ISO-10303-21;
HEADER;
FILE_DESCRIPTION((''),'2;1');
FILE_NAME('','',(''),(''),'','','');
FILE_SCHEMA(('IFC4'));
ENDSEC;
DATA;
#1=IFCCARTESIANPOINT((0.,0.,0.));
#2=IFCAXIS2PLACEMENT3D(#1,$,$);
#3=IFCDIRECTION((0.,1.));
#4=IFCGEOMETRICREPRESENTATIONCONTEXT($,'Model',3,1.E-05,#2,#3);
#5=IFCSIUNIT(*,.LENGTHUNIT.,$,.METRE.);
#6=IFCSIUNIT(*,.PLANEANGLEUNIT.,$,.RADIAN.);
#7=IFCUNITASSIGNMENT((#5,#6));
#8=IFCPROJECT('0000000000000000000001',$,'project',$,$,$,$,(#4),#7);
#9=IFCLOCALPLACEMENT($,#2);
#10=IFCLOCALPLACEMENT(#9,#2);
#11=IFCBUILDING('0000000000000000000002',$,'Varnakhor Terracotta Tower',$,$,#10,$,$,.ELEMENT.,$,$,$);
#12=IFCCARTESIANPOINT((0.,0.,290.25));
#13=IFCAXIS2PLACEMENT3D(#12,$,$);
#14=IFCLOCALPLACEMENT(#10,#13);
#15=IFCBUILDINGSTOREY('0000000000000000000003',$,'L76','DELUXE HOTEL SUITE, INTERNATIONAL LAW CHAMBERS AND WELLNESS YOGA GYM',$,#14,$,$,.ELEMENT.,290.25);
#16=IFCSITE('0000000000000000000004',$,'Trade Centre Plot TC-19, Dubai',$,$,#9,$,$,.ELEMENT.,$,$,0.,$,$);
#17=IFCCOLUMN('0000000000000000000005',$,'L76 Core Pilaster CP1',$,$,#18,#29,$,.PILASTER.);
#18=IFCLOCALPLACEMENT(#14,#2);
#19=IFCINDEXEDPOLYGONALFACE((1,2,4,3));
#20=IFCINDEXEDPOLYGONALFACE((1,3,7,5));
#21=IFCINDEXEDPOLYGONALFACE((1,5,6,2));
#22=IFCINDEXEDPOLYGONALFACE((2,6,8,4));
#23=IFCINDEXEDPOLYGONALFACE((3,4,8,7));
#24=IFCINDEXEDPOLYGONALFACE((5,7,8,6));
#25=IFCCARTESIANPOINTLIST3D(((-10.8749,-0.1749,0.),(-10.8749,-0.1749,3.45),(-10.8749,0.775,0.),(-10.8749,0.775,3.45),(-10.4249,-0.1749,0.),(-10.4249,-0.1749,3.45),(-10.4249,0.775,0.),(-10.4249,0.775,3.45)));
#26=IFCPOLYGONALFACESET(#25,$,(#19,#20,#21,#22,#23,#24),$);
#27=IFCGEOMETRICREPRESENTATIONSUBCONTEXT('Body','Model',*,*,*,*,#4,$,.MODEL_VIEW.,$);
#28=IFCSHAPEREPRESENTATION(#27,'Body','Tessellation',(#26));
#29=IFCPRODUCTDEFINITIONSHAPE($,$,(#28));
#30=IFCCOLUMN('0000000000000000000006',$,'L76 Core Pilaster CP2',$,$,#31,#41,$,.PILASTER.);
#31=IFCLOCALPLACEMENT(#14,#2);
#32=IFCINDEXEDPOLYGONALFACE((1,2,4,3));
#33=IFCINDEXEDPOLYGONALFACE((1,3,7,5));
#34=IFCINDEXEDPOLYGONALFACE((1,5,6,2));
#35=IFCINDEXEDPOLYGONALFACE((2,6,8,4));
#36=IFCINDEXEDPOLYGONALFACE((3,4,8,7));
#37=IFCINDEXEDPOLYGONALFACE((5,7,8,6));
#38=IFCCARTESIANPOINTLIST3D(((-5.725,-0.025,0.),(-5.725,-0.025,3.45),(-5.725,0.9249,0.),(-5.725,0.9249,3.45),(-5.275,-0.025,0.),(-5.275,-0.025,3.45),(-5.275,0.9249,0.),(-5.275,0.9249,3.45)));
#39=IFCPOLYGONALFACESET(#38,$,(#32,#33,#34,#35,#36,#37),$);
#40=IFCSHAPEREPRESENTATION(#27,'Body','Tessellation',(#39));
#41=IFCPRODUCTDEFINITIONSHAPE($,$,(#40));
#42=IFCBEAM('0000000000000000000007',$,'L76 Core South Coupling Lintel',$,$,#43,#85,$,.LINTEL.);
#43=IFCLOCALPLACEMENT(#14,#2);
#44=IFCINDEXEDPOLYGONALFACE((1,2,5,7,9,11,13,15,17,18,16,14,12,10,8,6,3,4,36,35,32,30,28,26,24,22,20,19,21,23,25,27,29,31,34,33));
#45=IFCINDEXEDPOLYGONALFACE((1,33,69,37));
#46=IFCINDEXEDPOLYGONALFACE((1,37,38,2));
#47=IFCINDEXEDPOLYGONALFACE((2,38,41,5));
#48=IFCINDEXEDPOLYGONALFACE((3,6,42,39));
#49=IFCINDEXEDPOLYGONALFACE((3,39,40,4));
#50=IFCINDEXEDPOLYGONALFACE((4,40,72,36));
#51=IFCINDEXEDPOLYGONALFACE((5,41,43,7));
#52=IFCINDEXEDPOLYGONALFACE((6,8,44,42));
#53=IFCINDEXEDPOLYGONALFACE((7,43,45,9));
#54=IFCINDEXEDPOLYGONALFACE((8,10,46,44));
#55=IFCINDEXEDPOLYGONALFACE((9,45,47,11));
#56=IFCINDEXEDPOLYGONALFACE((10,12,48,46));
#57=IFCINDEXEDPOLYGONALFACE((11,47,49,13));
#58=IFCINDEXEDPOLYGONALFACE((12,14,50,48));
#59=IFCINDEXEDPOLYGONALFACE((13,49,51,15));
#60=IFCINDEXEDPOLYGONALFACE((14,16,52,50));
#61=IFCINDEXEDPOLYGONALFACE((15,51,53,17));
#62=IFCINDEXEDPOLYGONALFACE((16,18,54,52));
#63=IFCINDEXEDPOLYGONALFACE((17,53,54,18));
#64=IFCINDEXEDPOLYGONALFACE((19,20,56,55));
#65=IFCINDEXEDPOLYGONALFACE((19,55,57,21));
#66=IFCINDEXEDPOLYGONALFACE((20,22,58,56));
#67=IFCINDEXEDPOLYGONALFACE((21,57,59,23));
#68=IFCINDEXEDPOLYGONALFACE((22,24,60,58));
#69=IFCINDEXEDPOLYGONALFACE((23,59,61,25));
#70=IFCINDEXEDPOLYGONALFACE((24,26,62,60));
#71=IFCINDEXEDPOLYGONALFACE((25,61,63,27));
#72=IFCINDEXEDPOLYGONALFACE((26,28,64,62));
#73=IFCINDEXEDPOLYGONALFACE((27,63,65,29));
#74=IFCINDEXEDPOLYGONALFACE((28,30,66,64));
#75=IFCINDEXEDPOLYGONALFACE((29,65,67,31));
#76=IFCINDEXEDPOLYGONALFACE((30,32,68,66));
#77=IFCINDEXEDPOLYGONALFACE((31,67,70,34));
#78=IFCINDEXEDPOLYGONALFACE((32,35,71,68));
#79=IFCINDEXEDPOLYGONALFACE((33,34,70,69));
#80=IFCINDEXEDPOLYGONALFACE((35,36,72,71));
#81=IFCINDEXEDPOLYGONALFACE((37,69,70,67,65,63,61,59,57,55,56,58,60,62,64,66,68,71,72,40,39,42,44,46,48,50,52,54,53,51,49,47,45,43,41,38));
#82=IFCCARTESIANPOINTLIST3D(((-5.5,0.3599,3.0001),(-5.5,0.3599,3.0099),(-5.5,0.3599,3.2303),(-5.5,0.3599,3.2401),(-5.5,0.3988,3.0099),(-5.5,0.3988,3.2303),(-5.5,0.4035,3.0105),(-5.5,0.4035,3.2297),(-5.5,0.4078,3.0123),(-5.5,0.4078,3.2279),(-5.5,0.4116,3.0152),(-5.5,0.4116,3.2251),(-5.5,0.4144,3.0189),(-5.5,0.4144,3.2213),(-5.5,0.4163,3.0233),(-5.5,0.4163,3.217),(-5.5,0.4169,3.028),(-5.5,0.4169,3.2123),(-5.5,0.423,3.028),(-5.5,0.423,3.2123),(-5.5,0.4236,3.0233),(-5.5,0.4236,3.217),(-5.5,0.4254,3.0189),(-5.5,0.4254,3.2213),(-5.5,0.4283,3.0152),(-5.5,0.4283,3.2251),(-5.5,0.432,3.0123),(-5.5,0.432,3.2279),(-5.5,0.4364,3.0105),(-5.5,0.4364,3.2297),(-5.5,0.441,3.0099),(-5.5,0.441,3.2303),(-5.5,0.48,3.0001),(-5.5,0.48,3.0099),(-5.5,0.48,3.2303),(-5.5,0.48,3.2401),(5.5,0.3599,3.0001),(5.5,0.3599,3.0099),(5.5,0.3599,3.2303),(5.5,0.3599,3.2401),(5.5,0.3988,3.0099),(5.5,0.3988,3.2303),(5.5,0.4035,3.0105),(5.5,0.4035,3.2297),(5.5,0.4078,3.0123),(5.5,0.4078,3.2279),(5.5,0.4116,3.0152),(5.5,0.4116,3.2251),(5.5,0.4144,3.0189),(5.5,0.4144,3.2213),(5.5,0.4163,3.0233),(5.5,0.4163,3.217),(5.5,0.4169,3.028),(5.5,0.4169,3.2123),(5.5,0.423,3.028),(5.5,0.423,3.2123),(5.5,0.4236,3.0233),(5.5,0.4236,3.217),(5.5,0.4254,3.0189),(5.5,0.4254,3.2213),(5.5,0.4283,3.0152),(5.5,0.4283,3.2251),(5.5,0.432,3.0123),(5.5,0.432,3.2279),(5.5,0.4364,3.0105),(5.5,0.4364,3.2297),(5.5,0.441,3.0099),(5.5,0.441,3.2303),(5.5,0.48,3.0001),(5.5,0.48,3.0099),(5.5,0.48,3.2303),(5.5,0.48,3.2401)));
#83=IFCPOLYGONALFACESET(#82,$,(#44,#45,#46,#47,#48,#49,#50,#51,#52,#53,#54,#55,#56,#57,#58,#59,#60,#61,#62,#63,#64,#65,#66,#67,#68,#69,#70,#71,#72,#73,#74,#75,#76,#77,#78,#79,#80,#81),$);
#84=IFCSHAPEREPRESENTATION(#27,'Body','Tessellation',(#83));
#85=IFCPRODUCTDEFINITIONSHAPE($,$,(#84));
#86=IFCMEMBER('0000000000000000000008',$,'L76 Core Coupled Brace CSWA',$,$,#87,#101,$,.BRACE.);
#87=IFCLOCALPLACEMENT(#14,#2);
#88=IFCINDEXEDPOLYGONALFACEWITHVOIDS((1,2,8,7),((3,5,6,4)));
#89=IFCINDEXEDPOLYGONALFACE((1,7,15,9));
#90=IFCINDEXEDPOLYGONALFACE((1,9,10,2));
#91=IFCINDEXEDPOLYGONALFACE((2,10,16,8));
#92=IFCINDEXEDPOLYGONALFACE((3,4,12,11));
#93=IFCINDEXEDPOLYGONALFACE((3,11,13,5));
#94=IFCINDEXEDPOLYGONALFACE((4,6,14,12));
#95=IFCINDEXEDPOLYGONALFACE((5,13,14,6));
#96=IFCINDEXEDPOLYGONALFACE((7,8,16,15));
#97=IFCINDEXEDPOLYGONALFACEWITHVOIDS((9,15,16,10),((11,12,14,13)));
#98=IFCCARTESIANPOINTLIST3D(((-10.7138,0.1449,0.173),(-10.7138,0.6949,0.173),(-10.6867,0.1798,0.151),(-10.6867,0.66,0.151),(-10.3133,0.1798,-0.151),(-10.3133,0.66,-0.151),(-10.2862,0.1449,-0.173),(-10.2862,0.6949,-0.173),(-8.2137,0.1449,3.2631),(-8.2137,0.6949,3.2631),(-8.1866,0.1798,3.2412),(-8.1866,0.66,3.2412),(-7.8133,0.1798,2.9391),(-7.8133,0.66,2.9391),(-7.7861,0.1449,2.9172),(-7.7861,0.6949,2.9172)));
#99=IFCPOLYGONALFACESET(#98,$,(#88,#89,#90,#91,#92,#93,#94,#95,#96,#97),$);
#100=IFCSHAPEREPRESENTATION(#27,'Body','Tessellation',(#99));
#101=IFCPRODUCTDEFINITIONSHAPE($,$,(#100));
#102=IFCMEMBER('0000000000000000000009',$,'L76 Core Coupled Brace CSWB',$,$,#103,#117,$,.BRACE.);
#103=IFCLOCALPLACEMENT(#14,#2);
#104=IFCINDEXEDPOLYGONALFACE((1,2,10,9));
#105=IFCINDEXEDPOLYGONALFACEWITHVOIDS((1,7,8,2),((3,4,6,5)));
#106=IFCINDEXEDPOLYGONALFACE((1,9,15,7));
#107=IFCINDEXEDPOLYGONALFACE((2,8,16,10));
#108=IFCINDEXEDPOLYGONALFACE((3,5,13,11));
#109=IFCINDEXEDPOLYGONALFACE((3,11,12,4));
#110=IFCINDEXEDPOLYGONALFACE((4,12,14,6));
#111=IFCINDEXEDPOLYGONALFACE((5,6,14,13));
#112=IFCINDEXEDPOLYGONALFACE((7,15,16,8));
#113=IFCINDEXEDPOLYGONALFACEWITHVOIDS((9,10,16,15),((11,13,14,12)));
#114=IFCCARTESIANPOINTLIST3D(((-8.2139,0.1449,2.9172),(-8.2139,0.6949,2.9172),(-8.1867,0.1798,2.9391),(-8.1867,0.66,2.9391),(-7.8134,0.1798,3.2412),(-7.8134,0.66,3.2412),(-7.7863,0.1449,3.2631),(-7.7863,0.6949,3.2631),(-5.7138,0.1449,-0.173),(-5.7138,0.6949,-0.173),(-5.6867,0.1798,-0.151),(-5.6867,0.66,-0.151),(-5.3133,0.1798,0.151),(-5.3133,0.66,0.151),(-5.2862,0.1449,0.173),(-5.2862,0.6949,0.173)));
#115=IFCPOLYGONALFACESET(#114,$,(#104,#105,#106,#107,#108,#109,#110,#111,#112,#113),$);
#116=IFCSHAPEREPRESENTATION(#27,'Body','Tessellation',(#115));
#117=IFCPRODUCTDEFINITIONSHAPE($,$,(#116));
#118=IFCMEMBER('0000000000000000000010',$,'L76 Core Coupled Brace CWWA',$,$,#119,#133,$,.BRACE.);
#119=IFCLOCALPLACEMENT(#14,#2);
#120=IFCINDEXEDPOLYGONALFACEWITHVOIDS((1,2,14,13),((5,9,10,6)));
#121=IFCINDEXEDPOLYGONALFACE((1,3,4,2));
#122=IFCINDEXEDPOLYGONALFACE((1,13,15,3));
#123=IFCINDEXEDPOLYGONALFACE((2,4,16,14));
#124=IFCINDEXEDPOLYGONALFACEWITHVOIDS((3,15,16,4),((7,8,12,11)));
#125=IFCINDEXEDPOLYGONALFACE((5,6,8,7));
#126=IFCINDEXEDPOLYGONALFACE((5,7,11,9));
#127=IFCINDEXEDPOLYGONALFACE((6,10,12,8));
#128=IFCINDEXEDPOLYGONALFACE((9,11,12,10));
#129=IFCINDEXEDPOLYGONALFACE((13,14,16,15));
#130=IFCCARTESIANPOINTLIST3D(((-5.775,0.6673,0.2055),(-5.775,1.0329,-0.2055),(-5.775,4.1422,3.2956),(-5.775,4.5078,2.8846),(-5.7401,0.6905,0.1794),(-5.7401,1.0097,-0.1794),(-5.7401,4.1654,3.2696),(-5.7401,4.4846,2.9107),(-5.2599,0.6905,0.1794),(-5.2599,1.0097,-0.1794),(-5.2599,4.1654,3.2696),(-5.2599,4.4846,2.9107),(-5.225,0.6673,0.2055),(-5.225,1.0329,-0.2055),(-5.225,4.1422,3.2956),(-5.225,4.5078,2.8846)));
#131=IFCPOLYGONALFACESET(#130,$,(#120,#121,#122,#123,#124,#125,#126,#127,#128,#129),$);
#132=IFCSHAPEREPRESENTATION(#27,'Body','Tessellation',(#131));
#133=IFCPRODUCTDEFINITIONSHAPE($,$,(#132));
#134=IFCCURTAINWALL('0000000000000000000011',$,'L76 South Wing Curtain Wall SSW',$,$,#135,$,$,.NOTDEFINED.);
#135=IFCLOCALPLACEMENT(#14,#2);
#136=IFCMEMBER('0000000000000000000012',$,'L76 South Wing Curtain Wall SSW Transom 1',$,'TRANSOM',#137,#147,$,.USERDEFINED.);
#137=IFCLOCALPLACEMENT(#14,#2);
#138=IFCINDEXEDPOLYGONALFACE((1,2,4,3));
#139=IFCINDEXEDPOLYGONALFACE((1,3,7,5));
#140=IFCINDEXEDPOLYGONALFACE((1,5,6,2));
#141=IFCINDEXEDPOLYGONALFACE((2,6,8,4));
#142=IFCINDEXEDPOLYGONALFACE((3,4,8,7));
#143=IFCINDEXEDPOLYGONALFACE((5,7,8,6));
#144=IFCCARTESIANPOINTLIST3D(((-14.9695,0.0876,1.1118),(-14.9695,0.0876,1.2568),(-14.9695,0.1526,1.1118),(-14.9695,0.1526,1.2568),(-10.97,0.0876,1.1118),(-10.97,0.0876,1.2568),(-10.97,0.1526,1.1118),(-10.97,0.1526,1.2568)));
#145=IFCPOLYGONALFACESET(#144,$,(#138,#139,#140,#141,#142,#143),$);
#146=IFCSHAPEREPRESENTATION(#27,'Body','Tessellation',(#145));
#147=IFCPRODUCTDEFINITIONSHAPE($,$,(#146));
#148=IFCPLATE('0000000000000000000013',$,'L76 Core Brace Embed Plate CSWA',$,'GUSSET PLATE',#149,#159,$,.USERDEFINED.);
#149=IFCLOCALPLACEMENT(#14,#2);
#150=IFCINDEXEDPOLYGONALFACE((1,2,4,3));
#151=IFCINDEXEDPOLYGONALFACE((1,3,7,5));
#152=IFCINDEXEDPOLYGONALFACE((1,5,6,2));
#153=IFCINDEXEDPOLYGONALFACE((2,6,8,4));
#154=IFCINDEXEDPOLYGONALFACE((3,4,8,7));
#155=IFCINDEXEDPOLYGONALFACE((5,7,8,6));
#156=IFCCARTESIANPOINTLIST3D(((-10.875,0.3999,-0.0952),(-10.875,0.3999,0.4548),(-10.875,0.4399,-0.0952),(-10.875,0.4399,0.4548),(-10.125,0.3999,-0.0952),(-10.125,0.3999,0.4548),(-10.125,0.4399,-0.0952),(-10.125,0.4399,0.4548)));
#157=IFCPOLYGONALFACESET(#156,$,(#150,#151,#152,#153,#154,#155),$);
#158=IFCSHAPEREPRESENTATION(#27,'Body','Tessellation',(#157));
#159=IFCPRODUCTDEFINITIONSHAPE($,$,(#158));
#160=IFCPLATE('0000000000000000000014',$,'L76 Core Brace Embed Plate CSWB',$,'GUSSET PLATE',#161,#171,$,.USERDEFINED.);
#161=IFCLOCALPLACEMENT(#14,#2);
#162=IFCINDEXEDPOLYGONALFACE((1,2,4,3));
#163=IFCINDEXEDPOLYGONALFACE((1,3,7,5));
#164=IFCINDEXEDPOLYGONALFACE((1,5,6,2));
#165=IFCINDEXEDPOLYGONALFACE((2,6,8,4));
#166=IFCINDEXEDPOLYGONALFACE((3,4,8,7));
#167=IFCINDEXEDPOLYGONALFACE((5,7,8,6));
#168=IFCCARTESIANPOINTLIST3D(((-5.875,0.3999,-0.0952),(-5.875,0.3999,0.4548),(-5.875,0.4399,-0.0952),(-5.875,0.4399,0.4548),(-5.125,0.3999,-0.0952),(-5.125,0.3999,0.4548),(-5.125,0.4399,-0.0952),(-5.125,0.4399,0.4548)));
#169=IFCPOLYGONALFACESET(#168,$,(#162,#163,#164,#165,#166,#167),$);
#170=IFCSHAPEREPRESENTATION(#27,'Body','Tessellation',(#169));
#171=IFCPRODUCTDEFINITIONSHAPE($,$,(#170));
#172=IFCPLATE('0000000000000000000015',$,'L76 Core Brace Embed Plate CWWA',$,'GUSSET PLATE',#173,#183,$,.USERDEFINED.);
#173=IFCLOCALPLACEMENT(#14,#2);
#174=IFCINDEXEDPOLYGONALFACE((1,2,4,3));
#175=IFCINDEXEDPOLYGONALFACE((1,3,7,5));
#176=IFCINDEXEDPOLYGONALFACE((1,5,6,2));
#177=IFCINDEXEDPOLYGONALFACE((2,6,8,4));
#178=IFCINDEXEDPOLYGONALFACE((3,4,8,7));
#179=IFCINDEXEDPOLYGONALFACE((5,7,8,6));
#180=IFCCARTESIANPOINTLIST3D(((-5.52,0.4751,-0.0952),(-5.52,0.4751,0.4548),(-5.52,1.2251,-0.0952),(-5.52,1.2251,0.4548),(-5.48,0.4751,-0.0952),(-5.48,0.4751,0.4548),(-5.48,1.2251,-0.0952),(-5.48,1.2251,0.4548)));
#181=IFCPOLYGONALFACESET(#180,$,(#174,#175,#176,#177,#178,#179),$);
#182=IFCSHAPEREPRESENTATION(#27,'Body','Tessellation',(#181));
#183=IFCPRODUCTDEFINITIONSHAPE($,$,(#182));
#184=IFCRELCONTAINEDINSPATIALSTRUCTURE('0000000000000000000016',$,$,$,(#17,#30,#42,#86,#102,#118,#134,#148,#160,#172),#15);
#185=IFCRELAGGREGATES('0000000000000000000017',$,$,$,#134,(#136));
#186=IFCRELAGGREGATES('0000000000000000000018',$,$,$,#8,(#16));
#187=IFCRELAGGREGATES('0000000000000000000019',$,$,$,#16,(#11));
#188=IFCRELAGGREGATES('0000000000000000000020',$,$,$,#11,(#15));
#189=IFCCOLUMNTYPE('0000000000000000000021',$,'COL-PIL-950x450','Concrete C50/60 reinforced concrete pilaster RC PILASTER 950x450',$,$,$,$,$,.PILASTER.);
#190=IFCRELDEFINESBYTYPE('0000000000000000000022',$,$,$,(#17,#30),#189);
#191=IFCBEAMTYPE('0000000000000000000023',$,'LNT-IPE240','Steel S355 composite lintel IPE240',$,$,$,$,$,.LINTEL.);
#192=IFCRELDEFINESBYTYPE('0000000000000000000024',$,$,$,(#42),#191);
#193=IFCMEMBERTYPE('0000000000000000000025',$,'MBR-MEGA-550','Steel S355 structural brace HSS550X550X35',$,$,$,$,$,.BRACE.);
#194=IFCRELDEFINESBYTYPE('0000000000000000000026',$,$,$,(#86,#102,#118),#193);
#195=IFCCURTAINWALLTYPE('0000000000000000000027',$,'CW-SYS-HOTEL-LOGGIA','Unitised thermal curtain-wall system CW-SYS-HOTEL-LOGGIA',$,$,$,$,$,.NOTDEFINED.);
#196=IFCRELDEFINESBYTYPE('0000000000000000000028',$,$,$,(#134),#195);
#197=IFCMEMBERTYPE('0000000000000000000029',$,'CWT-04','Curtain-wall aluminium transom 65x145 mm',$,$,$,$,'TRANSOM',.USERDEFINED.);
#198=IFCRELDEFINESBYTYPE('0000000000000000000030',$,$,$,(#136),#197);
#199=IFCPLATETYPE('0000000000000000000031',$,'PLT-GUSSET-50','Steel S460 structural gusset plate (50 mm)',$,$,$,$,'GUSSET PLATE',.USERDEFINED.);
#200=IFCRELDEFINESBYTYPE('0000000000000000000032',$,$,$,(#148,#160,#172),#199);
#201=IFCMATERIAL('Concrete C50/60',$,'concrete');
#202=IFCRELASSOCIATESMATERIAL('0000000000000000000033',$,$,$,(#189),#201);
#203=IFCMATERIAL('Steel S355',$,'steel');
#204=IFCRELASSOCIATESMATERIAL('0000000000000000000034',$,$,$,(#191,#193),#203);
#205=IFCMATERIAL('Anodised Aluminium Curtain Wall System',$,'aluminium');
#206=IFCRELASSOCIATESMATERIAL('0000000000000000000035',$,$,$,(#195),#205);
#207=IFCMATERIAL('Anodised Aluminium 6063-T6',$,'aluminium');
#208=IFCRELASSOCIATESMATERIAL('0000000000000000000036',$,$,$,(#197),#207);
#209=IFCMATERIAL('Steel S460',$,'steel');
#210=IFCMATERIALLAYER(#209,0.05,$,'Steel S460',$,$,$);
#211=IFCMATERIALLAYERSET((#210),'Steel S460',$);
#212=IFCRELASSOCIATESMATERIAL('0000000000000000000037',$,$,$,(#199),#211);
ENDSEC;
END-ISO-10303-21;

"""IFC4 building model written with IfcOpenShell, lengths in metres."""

from ifc_helpers import new_model, si_unit, direction, frame, origin, origin_2d, place, context, subcontext, project, spatial, rectangle, hollow_rectangle, i_section, extrude, source, transform, mapped, material, layer, layer_set, material_profile, profile_set, type_object, type_shapes, element, aggregate, save


model = new_model("IFC4")

# Units and contexts
model_context = context("Model", 3, precision=1e-05, world=origin(), true_north=direction((0.0, 1.0)))
body_context = subcontext(model_context, "Body", "Model", "MODEL_VIEW")
ifc_project = project(units=[si_unit("LENGTHUNIT", "METRE"), si_unit("PLANEANGLEUNIT", "RADIAN")], contexts=[model_context])

# Site, building, storey
site_placement = place(None, origin())
site = spatial("IfcSite", under=ifc_project, at=site_placement, Name="Trade Centre Plot TC-19, Dubai", CompositionType="ELEMENT", RefElevation=0.0)
building_placement = place(site_placement, origin())
building = spatial("IfcBuilding", under=site, at=building_placement, Name="Varnakhor Terracotta Tower", CompositionType="ELEMENT")
storey_placement = place(building_placement, frame((0.0, 0.0, 290.25)))
storey = spatial("IfcBuildingStorey", under=building, at=storey_placement, Name="L76", Description="DELUXE HOTEL SUITE, INTERNATIONAL LAW CHAMBERS AND WELLNESS YOGA GYM", CompositionType="ELEMENT", Elevation=290.25)

# Columns
ifc_material_1 = material(Name="Concrete C50/60", Category="concrete")
ifc_material_profile_1 = material_profile(ifc_material_1, rectangle(XDim=0.45, YDim=0.95, at=origin_2d()), Name="RC PILASTER 950x450")
ifc_profile_set_1 = profile_set([ifc_material_profile_1], Name="Concrete C50/60")
column_type = type_object("IfcColumnType", Name="COL-PIL-950x450", Description="Concrete C50/60 reinforced concrete pilaster RC PILASTER 950x450", PredefinedType="PILASTER", material=ifc_profile_set_1)
shared_shape_1 = source(origin(), body_context, "Body", "SweptSolid", [
    extrude(rectangle(XDim=0.45, YDim=0.95, at=origin_2d()), origin(), (0.0, 0.0, 1.0), 3.45),
])
for number, where, z_axis, x_axis, name in (
    (1, (-10.6499, 0.3, 0.0), (0.0, 0.0, 1.0), (1.0, 0.0, 0.0), "L76 Core Pilaster CP1"),
    (2, (-5.5, 0.45, 0.0), (0.0, 0.0, 1.0), (1.0, 0.0, 0.0), "L76 Core Pilaster CP2"),
):
    element("IfcColumn", number, at=place(storey_placement, frame(where, z_axis=z_axis, x_axis=x_axis)), inside=storey, type_object=column_type, Name=name, PredefinedType="PILASTER", context=body_context, shape_type="MappedRepresentation", body=[
        mapped(shared_shape_1, transform((0.0, 0.0, 0.0), scale=1.0)),
    ])

# Beam
ifc_material_2 = material(Name="Steel S355", Category="steel")
ifc_material_profile_2 = material_profile(ifc_material_2, i_section(OverallWidth=0.1201, OverallDepth=0.24, WebThickness=0.0061, FlangeThickness=0.0098, FilletRadius=0.0181, at=origin_2d()), Name="IPE240")
ifc_profile_set_2 = profile_set([ifc_material_profile_2], Name="Steel S355")
beam_type = type_object("IfcBeamType", Name="LNT-IPE240", Description="Steel S355 composite lintel IPE240", PredefinedType="LINTEL", material=ifc_profile_set_2)
shared_shape_2 = source(origin(), body_context, "Body", "SweptSolid", [
    extrude(i_section(OverallWidth=0.1201, OverallDepth=0.24, WebThickness=0.0061, FlangeThickness=0.0098, FilletRadius=0.0181, at=origin_2d()), origin(), (0.0, 0.0, 1.0), 11.0),
])
type_shapes(beam_type, [shared_shape_2])
beam_placement = place(storey_placement, frame((-5.5, 0.4199, 3.1201), z_axis=(1.0, 0.0, 0.0), x_axis=(0.0, 1.0, 0.0)))
element("IfcBeam", 3, at=beam_placement, inside=storey, type_object=beam_type, Name="L76 Core South Coupling Lintel", PredefinedType="LINTEL", context=body_context, shape_type="MappedRepresentation", body=[
    mapped(shared_shape_2, transform((0.0, 0.0, 0.0), scale=1.0)),
])

# Members
ifc_material_profile_3 = material_profile(ifc_material_2, hollow_rectangle(XDim=0.55, YDim=0.55, WallThickness=0.0349, at=origin_2d()), Name="HSS550X550X35")
ifc_profile_set_3 = profile_set([ifc_material_profile_3], Name="Steel S355")
member_type_1 = type_object("IfcMemberType", Name="MBR-MEGA-550", Description="Steel S355 structural brace HSS550X550X35", PredefinedType="BRACE", material=ifc_profile_set_3)
shared_shape_3 = source(origin(), body_context, "Body", "SweptSolid", [
    extrude(hollow_rectangle(XDim=0.55, YDim=0.55, WallThickness=0.0349, at=origin_2d()), origin(), (0.0, 0.0, 1.0), 3.9749),
])
for number, where, z_axis, x_axis, name in (
    (4, (-10.5, 0.4199, 0.0), (0.62897, 0.0, 0.777429), (0.0, 1.0, 0.0), "L76 Core Coupled Brace CSWA"),
    (5, (-5.5, 0.4199, 0.0), (-0.62897, 0.0, 0.777429), (0.0, -1.0, 0.0), "L76 Core Coupled Brace CSWB"),
):
    element("IfcMember", number, at=place(storey_placement, frame(where, z_axis=z_axis, x_axis=x_axis)), inside=storey, type_object=member_type_1, Name=name, PredefinedType="BRACE", context=body_context, shape_type="MappedRepresentation", body=[
        mapped(shared_shape_3, transform((0.0, 0.0, 0.0), scale=1.0)),
    ])
shared_shape_4 = source(origin(), body_context, "Body", "SweptSolid", [
    extrude(hollow_rectangle(XDim=0.55, YDim=0.55, WallThickness=0.0349, at=origin_2d()), origin(), (0.0, 0.0, 1.0), 4.6501),
])
member_1_placement = place(storey_placement, frame((-5.5, 0.8501, 0.0), z_axis=(0.0, 0.747267, 0.664524), x_axis=(-1.0, 0.0, 0.0)))
element("IfcMember", 6, at=member_1_placement, inside=storey, type_object=member_type_1, Name="L76 Core Coupled Brace CWWA", PredefinedType="BRACE", context=body_context, shape_type="MappedRepresentation", body=[
    mapped(shared_shape_4, transform((0.0, 0.0, 0.0), scale=1.0)),
])

# Curtain wall, member
ifc_material_3 = material(Name="Anodised Aluminium Curtain Wall System", Category="aluminium")
curtain_wall_type = type_object("IfcCurtainWallType", Name="CW-SYS-HOTEL-LOGGIA", Description="Unitised thermal curtain-wall system CW-SYS-HOTEL-LOGGIA", PredefinedType="NOTDEFINED", material=ifc_material_3)
curtain_wall_placement = place(storey_placement, origin())
curtain_wall = element("IfcCurtainWall", 7, at=curtain_wall_placement, inside=storey, type_object=curtain_wall_type, Name="L76 South Wing Curtain Wall SSW", PredefinedType="NOTDEFINED")
ifc_material_4 = material(Name="Anodised Aluminium 6063-T6", Category="aluminium")
ifc_material_profile_4 = material_profile(ifc_material_4, rectangle(XDim=0.0649, YDim=0.145, at=origin_2d()), Name="ALU TRANSOM 65x145")
ifc_profile_set_4 = profile_set([ifc_material_profile_4], Name="Anodised Aluminium 6063-T6")
member_type_2 = type_object("IfcMemberType", Name="CWT-04", Description="Curtain-wall aluminium transom 65x145 mm", ElementType="TRANSOM", PredefinedType="USERDEFINED", material=ifc_profile_set_4)
shared_shape_5 = source(origin(), body_context, "Body", "SweptSolid", [
    extrude(rectangle(XDim=0.0649, YDim=0.145, at=origin_2d()), origin(), (0.0, 0.0, 1.0), 3.9995),
])
member_2_placement = place(storey_placement, frame((-10.97, 0.1201, 1.1843), z_axis=(-1.0, 0.0, 0.0), x_axis=(0.0, -1.0, 0.0)))
member_2 = element("IfcMember", 8, at=member_2_placement, type_object=member_type_2, Name="L76 South Wing Curtain Wall SSW Transom 1", ObjectType="TRANSOM", PredefinedType="USERDEFINED", context=body_context, shape_type="MappedRepresentation", body=[
    mapped(shared_shape_5, transform((0.0, 0.0, 0.0), scale=1.0)),
])
aggregate(curtain_wall, [member_2])

# Plates
ifc_material_5 = material(Name="Steel S460", Category="steel")
ifc_layer_1 = layer(ifc_material_5, 0.05, Name="Steel S460")
ifc_layer_set_1 = layer_set([ifc_layer_1], Name="Steel S460")
plate_type = type_object("IfcPlateType", Name="PLT-GUSSET-50", Description="Steel S460 structural gusset plate (50 mm)", ElementType="GUSSET PLATE", PredefinedType="USERDEFINED", material=ifc_layer_set_1)
shared_shape_6 = source(origin(), body_context, "Body", "SweptSolid", [
    extrude(rectangle(XDim=0.75, YDim=0.04, at=origin_2d()), origin(), (0.0, 0.0, 1.0), 0.55),
])
type_shapes(plate_type, [shared_shape_6])
for number, where, z_axis, x_axis, name in (
    (9, (-10.5, 0.4199, -0.0952), (0.0, 0.0, 1.0), (1.0, 0.0, 0.0), "L76 Core Brace Embed Plate CSWA"),
    (10, (-5.5, 0.4199, -0.0952), (0.0, 0.0, 1.0), (1.0, 0.0, 0.0), "L76 Core Brace Embed Plate CSWB"),
    (11, (-5.5, 0.8501, -0.0952), (0.0, 0.0, 1.0), (0.0, 1.0, 0.0), "L76 Core Brace Embed Plate CWWA"),
):
    element("IfcPlate", number, at=place(storey_placement, frame(where, z_axis=z_axis, x_axis=x_axis)), inside=storey, type_object=plate_type, Name=name, ObjectType="GUSSET PLATE", PredefinedType="USERDEFINED", context=body_context, shape_type="MappedRepresentation", body=[
        mapped(shared_shape_6, transform((0.0, 0.0, 0.0), scale=1.0)),
    ])

save(model, "model.ifc")
